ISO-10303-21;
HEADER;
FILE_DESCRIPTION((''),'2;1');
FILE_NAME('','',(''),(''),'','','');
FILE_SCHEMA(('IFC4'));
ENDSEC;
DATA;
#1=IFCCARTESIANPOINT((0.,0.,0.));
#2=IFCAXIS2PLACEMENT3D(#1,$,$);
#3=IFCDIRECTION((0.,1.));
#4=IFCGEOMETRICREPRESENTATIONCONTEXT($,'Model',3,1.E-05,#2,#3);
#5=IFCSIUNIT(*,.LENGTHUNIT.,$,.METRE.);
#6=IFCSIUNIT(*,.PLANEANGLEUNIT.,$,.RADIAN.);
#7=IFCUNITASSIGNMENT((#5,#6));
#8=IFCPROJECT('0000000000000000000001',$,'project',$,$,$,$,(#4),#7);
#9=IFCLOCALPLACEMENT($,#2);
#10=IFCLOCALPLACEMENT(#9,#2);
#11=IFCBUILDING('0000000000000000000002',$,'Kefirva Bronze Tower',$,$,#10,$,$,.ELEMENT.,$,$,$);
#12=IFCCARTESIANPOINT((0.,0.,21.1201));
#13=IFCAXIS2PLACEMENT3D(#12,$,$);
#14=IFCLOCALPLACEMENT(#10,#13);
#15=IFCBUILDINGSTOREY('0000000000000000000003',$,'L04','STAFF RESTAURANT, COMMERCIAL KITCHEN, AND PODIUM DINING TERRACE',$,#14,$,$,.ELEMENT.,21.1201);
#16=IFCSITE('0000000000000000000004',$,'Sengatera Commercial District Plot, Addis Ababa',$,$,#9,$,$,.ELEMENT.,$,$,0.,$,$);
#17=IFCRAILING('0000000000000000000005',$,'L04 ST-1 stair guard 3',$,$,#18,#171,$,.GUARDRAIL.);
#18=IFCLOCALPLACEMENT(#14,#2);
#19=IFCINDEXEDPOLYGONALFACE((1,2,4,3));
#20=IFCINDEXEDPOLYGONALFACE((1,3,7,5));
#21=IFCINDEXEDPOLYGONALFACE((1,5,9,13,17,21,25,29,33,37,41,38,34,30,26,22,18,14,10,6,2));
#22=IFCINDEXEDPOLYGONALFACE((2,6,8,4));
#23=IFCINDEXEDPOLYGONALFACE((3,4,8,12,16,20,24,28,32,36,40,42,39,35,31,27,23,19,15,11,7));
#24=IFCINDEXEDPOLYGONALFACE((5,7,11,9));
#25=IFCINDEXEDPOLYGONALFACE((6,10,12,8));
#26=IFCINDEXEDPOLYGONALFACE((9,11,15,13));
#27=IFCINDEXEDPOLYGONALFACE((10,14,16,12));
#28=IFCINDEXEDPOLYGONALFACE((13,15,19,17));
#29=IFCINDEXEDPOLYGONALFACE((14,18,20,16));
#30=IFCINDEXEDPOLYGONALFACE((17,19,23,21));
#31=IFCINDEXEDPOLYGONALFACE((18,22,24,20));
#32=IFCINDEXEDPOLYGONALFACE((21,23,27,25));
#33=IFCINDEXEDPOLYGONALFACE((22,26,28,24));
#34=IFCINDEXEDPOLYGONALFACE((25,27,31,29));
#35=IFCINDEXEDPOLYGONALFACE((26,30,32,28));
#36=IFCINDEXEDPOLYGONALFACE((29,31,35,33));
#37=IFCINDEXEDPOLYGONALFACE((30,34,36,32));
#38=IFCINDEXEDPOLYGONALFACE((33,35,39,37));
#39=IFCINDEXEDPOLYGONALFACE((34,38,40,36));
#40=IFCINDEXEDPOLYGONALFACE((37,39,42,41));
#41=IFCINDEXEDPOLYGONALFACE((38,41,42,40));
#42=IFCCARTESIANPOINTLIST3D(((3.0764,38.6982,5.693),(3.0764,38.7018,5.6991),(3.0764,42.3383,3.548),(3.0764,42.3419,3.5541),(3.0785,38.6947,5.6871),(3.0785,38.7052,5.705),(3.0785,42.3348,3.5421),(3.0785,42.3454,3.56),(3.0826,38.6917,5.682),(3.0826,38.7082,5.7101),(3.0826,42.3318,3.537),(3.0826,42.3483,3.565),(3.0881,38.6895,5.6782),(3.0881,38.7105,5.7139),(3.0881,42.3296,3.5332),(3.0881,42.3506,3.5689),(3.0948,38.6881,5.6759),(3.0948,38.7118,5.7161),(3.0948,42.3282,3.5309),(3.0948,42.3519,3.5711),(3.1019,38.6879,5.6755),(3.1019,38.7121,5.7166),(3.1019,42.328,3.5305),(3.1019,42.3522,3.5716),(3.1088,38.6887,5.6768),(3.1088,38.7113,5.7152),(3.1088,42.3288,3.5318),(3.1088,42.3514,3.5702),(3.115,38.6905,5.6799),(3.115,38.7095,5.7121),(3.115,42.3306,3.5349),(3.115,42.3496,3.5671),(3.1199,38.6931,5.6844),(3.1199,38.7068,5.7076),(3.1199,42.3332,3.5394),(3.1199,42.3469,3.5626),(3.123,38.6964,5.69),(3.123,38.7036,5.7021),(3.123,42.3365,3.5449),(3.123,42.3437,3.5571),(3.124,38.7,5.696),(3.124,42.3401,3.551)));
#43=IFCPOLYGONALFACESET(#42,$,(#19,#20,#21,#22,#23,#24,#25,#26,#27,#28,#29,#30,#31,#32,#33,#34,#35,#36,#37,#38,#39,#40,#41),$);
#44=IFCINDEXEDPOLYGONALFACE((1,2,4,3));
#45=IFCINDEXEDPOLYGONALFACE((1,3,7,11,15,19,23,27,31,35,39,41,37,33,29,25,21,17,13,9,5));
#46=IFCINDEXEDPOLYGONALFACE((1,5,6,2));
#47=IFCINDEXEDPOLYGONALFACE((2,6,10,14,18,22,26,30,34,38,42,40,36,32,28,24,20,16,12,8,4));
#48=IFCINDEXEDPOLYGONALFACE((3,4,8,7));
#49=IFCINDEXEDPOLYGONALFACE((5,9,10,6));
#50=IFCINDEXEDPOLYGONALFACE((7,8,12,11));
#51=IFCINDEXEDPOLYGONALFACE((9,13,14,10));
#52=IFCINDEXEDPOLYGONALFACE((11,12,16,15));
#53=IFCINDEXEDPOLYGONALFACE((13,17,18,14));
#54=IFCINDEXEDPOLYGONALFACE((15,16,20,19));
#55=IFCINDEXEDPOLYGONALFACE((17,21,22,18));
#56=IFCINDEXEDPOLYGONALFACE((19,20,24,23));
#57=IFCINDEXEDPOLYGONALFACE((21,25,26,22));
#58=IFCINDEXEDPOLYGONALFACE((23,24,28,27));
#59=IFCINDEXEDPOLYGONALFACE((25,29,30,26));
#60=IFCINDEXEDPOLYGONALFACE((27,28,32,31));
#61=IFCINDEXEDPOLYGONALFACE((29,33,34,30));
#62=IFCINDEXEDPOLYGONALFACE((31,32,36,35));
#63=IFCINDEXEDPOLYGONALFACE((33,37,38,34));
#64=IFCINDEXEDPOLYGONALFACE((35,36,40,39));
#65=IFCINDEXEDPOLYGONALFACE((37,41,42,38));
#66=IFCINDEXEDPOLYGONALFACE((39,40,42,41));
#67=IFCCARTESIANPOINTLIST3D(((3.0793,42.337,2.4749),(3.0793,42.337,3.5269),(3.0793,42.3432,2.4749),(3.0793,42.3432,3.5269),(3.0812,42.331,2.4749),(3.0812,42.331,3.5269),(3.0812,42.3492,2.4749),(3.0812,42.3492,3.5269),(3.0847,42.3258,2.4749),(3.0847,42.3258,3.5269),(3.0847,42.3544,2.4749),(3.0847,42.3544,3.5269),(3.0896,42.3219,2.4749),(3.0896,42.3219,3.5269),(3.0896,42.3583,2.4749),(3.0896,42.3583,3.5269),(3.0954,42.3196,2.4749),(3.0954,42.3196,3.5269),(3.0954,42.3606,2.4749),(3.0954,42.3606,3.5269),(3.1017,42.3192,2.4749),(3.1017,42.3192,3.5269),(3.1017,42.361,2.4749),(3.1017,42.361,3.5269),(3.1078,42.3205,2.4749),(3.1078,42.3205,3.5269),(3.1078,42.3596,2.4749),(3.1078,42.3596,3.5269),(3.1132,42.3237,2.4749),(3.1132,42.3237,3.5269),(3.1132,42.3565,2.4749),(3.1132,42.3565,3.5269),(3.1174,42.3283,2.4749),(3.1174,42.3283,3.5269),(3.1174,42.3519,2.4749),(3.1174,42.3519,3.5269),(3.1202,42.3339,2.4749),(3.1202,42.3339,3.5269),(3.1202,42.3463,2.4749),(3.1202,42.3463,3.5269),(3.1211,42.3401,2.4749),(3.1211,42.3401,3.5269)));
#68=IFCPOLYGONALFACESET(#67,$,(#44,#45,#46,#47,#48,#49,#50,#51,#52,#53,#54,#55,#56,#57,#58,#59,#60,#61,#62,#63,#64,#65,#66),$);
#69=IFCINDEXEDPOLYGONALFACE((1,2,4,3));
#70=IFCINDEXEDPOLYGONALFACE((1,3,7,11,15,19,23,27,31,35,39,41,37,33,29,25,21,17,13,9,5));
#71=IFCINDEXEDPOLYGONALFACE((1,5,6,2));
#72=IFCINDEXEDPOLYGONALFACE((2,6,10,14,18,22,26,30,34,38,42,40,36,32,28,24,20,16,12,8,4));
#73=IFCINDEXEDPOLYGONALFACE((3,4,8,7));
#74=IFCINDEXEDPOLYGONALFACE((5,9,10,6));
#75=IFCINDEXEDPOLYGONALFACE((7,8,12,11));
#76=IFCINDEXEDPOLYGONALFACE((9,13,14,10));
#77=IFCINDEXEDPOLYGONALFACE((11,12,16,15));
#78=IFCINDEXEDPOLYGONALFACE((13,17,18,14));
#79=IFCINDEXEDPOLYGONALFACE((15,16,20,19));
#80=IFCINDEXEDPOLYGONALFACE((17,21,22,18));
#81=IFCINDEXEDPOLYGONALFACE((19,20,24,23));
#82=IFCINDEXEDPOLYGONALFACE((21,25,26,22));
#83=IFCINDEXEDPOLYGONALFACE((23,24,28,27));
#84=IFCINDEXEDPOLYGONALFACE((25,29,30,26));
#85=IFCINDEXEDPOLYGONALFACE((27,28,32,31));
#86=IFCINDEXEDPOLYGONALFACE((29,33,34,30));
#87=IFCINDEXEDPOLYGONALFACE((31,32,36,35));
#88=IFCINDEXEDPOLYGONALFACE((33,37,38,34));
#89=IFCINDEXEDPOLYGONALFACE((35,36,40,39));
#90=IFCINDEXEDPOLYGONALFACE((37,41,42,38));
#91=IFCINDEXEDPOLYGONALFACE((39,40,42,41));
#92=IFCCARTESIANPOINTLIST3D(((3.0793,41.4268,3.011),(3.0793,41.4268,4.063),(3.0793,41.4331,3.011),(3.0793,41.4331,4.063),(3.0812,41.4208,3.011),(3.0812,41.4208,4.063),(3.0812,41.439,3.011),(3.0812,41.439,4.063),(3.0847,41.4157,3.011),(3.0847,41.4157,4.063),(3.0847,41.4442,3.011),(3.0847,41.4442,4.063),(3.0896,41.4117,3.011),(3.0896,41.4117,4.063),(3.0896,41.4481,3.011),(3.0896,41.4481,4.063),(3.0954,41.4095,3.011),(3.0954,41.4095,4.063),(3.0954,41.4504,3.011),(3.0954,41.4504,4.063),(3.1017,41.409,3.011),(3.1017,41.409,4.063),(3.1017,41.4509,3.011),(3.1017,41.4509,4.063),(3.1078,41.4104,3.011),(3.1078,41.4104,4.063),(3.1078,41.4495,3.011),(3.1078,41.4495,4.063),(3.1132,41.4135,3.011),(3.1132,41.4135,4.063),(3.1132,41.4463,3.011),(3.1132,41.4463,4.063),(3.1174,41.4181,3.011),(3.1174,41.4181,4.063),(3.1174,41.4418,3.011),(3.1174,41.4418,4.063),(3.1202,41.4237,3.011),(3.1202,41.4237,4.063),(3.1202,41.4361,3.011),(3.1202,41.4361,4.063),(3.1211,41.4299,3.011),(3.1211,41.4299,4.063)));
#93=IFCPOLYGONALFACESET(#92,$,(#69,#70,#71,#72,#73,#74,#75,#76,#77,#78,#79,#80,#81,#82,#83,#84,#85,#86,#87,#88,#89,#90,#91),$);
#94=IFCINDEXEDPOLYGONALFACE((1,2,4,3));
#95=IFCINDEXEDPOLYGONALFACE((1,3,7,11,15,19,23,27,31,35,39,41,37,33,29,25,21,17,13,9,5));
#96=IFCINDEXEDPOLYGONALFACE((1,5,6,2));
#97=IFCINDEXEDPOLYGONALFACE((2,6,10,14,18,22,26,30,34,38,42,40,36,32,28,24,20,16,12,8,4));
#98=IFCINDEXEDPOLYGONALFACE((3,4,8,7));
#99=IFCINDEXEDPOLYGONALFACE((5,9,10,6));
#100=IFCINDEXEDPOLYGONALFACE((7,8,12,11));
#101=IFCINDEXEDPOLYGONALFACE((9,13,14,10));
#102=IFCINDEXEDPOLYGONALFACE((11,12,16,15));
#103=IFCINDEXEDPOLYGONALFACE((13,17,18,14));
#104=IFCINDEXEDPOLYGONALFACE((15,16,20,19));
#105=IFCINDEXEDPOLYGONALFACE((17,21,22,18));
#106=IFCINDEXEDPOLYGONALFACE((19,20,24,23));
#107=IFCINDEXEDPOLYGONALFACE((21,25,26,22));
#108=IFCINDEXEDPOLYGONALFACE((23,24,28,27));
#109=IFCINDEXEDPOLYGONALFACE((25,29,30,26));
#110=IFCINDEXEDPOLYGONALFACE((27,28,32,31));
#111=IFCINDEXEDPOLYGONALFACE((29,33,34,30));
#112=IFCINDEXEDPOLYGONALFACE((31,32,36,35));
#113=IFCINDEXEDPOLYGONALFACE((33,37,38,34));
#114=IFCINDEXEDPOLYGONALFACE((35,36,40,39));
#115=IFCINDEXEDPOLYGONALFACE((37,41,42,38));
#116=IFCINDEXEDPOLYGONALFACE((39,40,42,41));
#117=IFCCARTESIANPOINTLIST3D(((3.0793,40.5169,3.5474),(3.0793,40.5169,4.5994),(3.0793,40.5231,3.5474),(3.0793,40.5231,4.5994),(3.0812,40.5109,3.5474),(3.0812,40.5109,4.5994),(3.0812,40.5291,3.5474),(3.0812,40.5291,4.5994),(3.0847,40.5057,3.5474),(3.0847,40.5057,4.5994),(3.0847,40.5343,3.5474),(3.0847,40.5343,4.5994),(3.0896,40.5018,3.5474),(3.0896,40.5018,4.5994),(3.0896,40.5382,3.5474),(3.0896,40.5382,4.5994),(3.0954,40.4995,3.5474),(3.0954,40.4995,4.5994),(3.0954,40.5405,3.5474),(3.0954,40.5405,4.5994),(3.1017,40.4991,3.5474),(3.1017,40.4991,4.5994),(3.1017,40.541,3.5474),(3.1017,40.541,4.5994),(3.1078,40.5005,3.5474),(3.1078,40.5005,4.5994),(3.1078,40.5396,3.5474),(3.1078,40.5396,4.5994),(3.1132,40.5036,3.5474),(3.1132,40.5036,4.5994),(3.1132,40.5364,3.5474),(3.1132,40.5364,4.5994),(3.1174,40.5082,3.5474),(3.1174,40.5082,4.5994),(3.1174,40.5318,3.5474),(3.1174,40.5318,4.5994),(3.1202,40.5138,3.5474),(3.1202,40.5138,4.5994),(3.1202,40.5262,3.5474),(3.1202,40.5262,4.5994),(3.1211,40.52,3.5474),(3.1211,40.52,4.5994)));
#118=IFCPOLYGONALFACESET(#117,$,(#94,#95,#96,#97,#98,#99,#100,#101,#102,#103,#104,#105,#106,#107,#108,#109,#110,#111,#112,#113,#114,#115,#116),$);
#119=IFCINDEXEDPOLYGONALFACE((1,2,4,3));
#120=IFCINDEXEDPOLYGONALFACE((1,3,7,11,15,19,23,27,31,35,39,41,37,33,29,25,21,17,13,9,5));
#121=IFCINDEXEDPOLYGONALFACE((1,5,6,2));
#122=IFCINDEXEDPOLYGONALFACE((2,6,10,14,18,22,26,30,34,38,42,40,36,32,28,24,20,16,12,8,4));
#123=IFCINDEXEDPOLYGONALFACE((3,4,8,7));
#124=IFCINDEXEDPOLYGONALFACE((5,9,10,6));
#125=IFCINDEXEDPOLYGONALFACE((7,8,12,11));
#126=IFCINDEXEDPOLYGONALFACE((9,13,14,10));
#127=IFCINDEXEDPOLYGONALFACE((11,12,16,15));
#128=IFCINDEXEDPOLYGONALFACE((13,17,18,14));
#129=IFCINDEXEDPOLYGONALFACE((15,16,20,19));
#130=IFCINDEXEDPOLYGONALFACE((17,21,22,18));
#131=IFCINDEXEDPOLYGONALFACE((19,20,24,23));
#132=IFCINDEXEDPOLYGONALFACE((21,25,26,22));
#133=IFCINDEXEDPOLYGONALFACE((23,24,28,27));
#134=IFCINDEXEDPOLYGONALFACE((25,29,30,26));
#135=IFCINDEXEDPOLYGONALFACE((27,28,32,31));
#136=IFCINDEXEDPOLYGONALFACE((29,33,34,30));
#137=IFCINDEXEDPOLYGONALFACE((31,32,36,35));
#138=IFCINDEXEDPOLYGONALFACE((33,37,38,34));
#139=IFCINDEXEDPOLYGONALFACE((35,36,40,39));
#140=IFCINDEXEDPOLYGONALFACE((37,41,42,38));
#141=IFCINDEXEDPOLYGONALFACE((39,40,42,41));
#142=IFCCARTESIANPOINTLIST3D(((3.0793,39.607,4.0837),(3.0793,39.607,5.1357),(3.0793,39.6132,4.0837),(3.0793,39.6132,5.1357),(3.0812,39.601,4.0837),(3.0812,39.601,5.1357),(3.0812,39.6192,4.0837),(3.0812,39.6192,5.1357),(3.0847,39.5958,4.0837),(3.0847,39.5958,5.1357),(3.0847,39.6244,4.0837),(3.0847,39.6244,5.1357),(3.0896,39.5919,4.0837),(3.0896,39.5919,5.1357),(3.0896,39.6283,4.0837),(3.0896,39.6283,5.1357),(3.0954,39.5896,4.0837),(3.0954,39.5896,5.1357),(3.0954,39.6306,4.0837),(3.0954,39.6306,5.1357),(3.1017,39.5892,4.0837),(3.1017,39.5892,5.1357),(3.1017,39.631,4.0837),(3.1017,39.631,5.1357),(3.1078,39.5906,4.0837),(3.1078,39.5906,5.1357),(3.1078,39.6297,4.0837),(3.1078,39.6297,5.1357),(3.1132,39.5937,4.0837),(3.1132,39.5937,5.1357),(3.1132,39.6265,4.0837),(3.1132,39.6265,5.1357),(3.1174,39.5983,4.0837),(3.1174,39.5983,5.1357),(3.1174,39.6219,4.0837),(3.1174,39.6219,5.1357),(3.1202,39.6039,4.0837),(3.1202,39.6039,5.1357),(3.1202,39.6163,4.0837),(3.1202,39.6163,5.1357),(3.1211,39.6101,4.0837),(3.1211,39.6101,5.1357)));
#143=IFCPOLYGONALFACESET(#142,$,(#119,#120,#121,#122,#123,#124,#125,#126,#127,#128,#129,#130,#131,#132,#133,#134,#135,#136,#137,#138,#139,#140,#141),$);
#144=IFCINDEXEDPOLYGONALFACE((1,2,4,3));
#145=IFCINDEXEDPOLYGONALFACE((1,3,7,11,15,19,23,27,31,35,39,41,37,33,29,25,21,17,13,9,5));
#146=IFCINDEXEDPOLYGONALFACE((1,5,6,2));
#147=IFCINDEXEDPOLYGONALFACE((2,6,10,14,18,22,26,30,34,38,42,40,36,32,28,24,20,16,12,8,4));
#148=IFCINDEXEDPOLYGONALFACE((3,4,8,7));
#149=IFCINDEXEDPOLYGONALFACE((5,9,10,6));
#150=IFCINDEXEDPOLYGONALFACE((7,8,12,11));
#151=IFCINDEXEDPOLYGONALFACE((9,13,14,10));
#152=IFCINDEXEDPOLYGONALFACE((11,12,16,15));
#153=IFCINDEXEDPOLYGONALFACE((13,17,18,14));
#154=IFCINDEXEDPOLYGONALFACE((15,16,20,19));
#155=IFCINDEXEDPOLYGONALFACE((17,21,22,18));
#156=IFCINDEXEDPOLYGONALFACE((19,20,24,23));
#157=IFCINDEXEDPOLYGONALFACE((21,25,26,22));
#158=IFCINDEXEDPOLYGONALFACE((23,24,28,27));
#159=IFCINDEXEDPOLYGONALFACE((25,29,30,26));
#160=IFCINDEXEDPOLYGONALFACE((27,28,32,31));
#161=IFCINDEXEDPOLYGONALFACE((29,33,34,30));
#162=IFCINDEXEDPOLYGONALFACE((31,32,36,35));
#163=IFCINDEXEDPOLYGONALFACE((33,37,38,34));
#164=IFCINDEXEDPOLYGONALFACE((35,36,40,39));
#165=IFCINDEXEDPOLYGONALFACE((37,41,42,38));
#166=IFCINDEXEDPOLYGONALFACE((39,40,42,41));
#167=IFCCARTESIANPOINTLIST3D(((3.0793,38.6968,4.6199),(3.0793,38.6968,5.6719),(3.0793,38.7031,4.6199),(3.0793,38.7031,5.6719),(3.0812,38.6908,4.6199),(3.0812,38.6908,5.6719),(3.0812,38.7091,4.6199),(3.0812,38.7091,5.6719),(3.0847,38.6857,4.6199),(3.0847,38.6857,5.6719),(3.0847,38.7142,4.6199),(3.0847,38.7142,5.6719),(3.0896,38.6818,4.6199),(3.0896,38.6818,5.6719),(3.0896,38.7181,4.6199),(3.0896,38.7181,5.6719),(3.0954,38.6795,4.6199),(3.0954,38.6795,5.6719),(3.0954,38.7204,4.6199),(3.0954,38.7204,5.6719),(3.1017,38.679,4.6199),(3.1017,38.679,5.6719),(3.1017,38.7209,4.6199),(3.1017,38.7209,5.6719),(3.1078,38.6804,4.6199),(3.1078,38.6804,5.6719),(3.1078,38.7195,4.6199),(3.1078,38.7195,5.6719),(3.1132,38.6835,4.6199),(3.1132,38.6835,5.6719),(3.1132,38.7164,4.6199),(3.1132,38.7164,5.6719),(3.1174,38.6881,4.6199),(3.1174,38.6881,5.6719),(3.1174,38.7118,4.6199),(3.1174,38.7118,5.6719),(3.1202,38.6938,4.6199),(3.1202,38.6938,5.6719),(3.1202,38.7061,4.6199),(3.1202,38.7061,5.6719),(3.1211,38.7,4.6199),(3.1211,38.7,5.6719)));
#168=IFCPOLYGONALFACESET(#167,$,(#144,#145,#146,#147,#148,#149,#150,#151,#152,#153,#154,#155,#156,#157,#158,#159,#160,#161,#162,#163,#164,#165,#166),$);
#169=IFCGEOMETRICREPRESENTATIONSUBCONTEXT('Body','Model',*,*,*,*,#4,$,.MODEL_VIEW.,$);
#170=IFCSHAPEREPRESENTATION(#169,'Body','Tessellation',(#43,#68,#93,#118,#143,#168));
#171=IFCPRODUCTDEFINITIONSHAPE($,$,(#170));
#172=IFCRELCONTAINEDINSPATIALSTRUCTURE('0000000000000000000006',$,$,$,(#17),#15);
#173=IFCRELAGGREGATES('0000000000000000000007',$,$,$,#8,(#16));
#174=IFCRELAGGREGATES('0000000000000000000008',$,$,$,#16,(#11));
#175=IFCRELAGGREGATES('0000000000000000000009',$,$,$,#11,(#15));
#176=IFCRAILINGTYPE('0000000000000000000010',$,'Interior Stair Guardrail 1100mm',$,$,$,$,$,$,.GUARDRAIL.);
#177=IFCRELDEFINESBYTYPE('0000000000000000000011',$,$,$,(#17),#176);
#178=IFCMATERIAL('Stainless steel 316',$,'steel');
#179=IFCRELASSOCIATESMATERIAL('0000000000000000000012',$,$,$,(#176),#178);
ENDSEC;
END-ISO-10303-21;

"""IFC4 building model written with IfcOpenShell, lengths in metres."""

from ifc_helpers import new_model, si_unit, direction, frame, origin, origin_2d, place, context, subcontext, project, spatial, circle, extrude, material, type_object, element, save


model = new_model("IFC4")

# Units and contexts
model_context = context("Model", 3, precision=1e-05, world=origin(), true_north=direction((0.0, 1.0)))
body_context = subcontext(model_context, "Body", "Model", "MODEL_VIEW")
ifc_project = project(units=[si_unit("LENGTHUNIT", "METRE"), si_unit("PLANEANGLEUNIT", "RADIAN")], contexts=[model_context])

# Site, building, storey
site_placement = place(None, origin())
site = spatial("IfcSite", under=ifc_project, at=site_placement, Name="Sengatera Commercial District Plot, Addis Ababa", CompositionType="ELEMENT", RefElevation=0.0)
building_placement = place(site_placement, origin())
building = spatial("IfcBuilding", under=site, at=building_placement, Name="Kefirva Bronze Tower", CompositionType="ELEMENT")
storey_placement = place(building_placement, frame((0.0, 0.0, 21.1201)))
storey = spatial("IfcBuildingStorey", under=building, at=storey_placement, Name="L04", Description="STAFF RESTAURANT, COMMERCIAL KITCHEN, AND PODIUM DINING TERRACE", CompositionType="ELEMENT", Elevation=21.1201)

# Shared definitions
ifc_material_1 = material(Name="Stainless steel 316", Category="steel")

# Railing
railing_type_1 = type_object("IfcRailingType", Name="Interior Stair Guardrail 1100mm", PredefinedType="GUARDRAIL", material=ifc_material_1)
railing_1_placement = place(storey_placement, frame((3.1001, 42.3401, 2.4749)))
element("IfcRailing", 1, at=railing_1_placement, inside=storey, type_object=railing_type_1, Name="L04 ST-1 stair guard 3", PredefinedType="GUARDRAIL", context=body_context, shape_type="SweptSolid", body=[
    extrude(circle(Radius=0.0239, at=origin_2d()), frame((0.0, 0.0, 1.0762), z_axis=(0.0, -0.861545, 0.507682), x_axis=(1.0, 0.0, 0.0)), (0.0, 0.0, 1.0), 4.2251),
    extrude(circle(Radius=0.021, at=origin_2d()), origin(), (0.0, 0.0, 1.0), 1.052),
    extrude(circle(Radius=0.021, at=origin_2d()), frame((0.0, -0.9102, 0.5361)), (0.0, 0.0, 1.0), 1.052),
    extrude(circle(Radius=0.021, at=origin_2d()), frame((0.0, -1.8201, 1.0725)), (0.0, 0.0, 1.0), 1.052),
    extrude(circle(Radius=0.021, at=origin_2d()), frame((0.0, -2.73, 1.6089)), (0.0, 0.0, 1.0), 1.052),
    extrude(circle(Radius=0.021, at=origin_2d()), frame((0.0, -3.6401, 2.145)), (0.0, 0.0, 1.0), 1.052),
])

save(model, "model.ifc")
